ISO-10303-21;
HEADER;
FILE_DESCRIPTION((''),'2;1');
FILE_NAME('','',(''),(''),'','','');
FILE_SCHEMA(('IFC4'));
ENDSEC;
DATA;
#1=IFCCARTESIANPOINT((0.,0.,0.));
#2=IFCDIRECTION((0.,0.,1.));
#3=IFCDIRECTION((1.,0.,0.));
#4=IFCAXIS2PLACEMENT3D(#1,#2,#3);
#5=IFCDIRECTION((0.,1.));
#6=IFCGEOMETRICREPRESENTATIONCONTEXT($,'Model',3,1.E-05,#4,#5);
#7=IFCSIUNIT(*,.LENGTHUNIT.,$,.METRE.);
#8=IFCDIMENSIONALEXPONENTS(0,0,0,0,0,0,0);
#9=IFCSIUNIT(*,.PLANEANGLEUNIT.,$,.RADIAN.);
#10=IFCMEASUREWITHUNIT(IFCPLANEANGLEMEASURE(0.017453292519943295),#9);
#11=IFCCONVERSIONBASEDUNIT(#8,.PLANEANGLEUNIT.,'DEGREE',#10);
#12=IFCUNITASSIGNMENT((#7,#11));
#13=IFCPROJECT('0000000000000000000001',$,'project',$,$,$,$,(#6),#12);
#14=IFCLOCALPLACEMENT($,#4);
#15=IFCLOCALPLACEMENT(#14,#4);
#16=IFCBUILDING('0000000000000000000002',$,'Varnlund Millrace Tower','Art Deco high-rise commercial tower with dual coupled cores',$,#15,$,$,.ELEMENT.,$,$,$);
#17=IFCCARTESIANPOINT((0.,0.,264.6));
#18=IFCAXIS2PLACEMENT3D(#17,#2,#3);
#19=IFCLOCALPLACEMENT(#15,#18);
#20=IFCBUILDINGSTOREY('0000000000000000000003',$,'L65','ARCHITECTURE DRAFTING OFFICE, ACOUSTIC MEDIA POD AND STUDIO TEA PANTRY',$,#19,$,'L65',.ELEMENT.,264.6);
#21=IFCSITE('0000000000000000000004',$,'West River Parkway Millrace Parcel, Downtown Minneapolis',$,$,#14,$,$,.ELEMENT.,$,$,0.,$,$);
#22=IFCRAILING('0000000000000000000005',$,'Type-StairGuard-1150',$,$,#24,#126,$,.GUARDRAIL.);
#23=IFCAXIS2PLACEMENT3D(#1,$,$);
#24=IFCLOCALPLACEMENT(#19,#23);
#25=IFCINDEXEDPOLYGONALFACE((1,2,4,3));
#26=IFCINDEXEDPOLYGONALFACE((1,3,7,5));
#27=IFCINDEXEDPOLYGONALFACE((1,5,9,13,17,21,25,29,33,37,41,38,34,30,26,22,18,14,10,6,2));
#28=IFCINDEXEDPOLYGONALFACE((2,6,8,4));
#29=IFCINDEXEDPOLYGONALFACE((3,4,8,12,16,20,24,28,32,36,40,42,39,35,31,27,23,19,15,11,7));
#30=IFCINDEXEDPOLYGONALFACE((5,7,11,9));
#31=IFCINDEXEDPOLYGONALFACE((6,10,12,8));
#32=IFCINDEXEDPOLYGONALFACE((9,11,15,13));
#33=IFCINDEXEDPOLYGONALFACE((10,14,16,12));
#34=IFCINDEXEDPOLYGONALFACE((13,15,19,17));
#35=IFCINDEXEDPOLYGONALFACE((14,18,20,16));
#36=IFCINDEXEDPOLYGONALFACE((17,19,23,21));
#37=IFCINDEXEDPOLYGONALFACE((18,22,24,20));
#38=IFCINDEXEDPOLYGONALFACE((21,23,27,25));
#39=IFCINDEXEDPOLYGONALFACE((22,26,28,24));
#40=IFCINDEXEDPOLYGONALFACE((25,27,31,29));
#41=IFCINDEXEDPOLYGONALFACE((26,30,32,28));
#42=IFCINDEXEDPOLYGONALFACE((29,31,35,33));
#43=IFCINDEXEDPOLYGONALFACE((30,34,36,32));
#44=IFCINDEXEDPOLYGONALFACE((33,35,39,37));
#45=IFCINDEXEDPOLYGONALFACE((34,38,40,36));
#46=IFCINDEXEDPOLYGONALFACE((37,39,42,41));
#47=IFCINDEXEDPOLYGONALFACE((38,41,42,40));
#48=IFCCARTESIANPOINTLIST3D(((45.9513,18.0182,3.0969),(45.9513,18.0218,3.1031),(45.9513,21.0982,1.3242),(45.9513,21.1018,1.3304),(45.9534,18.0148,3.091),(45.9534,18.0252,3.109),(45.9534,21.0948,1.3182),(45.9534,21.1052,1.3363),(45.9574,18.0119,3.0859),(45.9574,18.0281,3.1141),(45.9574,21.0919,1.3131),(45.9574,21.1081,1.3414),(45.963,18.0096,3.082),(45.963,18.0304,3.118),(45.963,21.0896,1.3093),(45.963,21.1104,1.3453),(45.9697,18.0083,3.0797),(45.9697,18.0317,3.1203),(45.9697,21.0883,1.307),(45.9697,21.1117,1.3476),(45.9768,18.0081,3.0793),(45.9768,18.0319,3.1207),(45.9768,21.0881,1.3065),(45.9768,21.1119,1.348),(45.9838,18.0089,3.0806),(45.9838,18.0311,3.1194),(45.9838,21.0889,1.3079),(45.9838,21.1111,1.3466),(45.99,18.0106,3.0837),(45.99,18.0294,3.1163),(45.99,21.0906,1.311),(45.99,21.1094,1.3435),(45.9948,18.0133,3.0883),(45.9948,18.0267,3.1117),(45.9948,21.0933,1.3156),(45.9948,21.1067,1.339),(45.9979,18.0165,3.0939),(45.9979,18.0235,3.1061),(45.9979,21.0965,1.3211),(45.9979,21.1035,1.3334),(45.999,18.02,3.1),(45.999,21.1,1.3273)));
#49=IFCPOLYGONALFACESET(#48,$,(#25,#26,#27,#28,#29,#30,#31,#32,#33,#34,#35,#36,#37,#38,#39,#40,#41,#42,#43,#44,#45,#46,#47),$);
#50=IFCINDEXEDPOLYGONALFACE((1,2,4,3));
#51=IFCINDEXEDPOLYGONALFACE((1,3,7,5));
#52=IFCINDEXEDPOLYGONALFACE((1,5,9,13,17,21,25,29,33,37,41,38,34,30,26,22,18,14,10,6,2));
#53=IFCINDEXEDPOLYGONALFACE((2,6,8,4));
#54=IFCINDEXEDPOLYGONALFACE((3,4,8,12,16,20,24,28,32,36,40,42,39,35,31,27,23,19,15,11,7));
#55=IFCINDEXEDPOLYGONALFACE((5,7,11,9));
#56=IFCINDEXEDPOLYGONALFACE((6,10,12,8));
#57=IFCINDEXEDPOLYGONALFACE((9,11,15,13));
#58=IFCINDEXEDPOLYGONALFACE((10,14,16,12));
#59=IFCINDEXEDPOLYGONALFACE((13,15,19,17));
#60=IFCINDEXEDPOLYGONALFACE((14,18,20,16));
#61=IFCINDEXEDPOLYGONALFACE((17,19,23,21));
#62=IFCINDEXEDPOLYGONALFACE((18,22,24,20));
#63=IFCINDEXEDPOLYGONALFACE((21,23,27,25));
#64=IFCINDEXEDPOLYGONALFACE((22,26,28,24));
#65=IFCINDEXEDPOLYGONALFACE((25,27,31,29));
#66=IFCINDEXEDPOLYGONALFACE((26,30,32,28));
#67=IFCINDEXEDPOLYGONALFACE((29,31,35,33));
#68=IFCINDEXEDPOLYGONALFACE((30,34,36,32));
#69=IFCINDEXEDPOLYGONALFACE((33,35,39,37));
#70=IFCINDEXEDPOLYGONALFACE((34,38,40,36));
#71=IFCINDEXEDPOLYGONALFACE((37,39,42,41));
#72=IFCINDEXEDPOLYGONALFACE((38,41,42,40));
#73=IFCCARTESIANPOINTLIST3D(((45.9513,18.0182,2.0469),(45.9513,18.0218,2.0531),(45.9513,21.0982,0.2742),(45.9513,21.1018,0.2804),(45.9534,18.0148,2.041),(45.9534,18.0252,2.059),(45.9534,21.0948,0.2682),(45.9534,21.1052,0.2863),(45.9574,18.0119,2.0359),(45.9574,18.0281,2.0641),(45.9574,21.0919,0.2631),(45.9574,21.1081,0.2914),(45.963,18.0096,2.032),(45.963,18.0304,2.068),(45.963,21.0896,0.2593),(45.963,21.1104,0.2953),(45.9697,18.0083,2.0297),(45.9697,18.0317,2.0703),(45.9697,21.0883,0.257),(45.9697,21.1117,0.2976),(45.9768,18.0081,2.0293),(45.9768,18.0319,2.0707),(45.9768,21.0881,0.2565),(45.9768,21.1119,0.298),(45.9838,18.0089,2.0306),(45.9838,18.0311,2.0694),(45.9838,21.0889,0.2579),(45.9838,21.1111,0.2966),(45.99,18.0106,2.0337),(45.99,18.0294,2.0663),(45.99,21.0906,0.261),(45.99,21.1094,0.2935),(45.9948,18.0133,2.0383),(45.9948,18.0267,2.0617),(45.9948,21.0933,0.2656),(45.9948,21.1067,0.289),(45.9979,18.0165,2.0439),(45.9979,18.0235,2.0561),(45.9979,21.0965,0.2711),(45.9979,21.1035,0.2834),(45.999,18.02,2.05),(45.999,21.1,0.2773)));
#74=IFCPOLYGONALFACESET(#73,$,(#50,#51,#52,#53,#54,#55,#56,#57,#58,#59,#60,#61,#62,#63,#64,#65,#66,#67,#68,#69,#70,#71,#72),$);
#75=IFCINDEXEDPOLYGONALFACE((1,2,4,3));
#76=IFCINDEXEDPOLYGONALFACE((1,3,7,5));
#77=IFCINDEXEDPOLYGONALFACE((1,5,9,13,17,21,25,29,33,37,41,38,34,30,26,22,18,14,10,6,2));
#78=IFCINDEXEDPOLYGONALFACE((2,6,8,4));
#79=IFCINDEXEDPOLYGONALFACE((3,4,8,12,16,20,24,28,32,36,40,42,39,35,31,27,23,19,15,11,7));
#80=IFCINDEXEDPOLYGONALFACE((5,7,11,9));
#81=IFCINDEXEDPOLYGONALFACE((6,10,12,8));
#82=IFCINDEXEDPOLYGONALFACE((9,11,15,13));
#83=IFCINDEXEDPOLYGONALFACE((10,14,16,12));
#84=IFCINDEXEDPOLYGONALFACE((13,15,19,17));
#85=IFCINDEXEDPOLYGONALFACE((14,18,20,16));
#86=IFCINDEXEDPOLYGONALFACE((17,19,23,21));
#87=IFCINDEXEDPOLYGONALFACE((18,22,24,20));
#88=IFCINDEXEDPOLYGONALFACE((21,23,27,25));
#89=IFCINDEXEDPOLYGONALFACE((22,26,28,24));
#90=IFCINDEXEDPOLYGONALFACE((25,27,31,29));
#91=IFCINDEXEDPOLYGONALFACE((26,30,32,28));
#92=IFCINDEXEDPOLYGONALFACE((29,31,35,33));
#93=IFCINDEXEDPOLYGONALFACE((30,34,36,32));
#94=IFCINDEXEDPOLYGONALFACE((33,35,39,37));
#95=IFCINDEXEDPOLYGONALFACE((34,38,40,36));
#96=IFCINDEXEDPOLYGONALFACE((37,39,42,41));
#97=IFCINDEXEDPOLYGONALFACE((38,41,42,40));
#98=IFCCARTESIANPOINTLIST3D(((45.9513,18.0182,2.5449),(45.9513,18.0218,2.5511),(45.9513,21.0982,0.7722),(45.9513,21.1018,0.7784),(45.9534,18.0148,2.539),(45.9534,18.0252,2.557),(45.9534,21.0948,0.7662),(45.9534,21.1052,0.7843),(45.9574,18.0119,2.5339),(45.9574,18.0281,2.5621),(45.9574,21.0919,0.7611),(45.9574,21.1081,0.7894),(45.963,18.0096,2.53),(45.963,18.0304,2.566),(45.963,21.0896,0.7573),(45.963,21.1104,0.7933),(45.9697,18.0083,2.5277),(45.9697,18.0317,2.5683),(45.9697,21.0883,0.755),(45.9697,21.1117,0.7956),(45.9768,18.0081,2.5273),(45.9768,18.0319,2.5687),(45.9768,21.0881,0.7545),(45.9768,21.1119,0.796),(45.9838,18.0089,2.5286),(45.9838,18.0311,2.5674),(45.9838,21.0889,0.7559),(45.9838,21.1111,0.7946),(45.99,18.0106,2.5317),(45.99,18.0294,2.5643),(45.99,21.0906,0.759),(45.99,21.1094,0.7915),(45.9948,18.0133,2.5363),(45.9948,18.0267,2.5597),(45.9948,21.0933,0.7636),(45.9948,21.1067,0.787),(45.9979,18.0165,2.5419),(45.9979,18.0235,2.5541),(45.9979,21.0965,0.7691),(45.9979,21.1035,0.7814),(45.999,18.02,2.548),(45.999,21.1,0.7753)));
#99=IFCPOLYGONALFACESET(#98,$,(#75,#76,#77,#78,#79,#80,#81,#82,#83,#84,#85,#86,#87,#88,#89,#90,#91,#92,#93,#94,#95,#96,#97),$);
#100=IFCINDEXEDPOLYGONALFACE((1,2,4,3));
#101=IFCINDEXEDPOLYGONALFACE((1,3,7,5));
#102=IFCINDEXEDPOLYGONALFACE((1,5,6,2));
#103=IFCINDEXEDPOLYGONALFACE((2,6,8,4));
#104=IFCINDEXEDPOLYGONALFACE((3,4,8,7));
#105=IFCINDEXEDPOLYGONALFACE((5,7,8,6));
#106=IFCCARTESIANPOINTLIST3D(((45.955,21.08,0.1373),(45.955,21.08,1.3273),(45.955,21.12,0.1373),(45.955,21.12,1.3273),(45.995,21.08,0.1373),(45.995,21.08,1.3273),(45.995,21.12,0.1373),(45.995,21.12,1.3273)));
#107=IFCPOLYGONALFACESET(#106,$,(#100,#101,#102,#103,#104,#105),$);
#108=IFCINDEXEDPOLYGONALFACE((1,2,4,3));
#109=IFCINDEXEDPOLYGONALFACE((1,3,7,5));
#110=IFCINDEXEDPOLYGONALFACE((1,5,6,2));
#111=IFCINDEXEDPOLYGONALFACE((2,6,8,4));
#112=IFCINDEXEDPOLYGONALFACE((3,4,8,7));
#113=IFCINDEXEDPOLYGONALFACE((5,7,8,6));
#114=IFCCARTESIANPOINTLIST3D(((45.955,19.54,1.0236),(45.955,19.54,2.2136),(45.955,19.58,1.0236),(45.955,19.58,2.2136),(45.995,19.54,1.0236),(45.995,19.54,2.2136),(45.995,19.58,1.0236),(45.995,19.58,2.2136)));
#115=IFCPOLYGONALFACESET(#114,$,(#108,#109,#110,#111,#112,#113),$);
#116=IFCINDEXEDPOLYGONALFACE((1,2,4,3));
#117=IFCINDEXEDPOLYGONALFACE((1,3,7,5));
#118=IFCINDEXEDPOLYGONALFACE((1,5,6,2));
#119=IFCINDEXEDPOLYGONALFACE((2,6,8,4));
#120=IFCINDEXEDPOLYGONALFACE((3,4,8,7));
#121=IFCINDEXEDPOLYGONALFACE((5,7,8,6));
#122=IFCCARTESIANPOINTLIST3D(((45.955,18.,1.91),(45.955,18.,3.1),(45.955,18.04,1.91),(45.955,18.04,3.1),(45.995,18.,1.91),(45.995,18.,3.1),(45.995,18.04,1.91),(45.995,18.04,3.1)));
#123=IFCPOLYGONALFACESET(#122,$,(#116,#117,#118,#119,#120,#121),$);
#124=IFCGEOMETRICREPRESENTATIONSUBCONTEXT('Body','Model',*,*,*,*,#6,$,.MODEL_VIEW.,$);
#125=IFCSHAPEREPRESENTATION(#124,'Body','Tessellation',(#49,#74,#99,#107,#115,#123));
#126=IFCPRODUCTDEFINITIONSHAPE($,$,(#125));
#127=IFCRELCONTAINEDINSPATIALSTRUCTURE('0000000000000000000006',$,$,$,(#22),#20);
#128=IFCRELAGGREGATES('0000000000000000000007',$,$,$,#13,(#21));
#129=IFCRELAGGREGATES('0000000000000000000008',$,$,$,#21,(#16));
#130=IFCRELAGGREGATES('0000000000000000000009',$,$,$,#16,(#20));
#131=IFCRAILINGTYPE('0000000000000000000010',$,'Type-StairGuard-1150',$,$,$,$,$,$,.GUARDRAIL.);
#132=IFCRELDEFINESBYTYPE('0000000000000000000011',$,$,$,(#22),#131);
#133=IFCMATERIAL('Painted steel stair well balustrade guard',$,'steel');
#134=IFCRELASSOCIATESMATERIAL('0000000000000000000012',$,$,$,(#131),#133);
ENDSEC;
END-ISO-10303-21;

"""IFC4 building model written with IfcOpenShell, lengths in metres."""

from ifc_helpers import new_model, entity, si_unit, converted_unit, direction, frame, origin_with_axes, origin_2d_with_axis, place, context, subcontext, project, spatial, rectangle, circle, extrude, material, type_object, element, save


model = new_model("IFC4")

# Units and contexts
model_context = context("Model", 3, precision=1e-05, world=origin_with_axes(), true_north=direction((0.0, 1.0)))
body_context = subcontext(model_context, "Body", "Model", "MODEL_VIEW")
ifc_project = project(units=[si_unit("LENGTHUNIT", "METRE"), converted_unit("PLANEANGLEUNIT", "DEGREE", entity("IfcPlaneAngleMeasure", 0.017453292519943295), si_unit("PLANEANGLEUNIT", "RADIAN"), dimensions=[0, 0, 0, 0, 0, 0, 0])], contexts=[model_context])

# Site, building, storey
site_placement = place(None, origin_with_axes())
site = spatial("IfcSite", under=ifc_project, at=site_placement, Name="West River Parkway Millrace Parcel, Downtown Minneapolis", CompositionType="ELEMENT", RefElevation=0.0)
building_placement = place(site_placement, origin_with_axes())
building = spatial("IfcBuilding", under=site, at=building_placement, Name="Varnlund Millrace Tower", Description="Art Deco high-rise commercial tower with dual coupled cores", CompositionType="ELEMENT")
storey_placement = place(building_placement, frame((0.0, 0.0, 264.6), z_axis=(0.0, 0.0, 1.0), x_axis=(1.0, 0.0, 0.0)))
storey = spatial("IfcBuildingStorey", under=building, at=storey_placement, Name="L65", Description="ARCHITECTURE DRAFTING OFFICE, ACOUSTIC MEDIA POD AND STUDIO TEA PANTRY", LongName="L65", CompositionType="ELEMENT", Elevation=264.6)

# Railing
ifc_material_1 = material(Name="Painted steel stair well balustrade guard", Category="steel")
railing_type_1 = type_object("IfcRailingType", Name="Type-StairGuard-1150", PredefinedType="GUARDRAIL", material=ifc_material_1)
railing_1_placement = place(storey_placement, frame((0.0, 0.0, -264.6), z_axis=(0.0, 0.0, 1.0), x_axis=(1.0, 0.0, 0.0)))
element("IfcRailing", 1, at=railing_1_placement, inside=storey, type_object=railing_type_1, Name="Type-StairGuard-1150", PredefinedType="GUARDRAIL", context=body_context, shape_type="SweptSolid", body=[
    extrude(circle(Radius=0.024, at=origin_2d_with_axis()), frame((45.975, 21.1, 265.9273), z_axis=(0.0, -0.866696, 0.498836), x_axis=(1.0, 0.0, 0.0)), (0.0, 0.0, 1.0), 3.5537),
    extrude(circle(Radius=0.024, at=origin_2d_with_axis()), frame((45.975, 21.1, 264.8773), z_axis=(0.0, -0.866696, 0.498836), x_axis=(1.0, 0.0, 0.0)), (0.0, 0.0, 1.0), 3.5537),
    extrude(circle(Radius=0.024, at=origin_2d_with_axis()), frame((45.975, 21.1, 265.3753), z_axis=(0.0, -0.866696, 0.498836), x_axis=(1.0, 0.0, 0.0)), (0.0, 0.0, 1.0), 3.5537),
    extrude(rectangle(XDim=0.04, YDim=0.04, at=origin_2d_with_axis()), frame((45.975, 21.1, 264.7373), z_axis=(0.0, 0.0, 1.0), x_axis=(1.0, 0.0, 0.0)), (0.0, 0.0, 1.0), 1.19),
    extrude(rectangle(XDim=0.04, YDim=0.04, at=origin_2d_with_axis()), frame((45.975, 19.56, 265.6236), z_axis=(0.0, 0.0, 1.0), x_axis=(1.0, 0.0, 0.0)), (0.0, 0.0, 1.0), 1.19),
    extrude(rectangle(XDim=0.04, YDim=0.04, at=origin_2d_with_axis()), frame((45.975, 18.02, 266.51), z_axis=(0.0, 0.0, 1.0), x_axis=(1.0, 0.0, 0.0)), (0.0, 0.0, 1.0), 1.19),
])

save(model, "model.ifc")
